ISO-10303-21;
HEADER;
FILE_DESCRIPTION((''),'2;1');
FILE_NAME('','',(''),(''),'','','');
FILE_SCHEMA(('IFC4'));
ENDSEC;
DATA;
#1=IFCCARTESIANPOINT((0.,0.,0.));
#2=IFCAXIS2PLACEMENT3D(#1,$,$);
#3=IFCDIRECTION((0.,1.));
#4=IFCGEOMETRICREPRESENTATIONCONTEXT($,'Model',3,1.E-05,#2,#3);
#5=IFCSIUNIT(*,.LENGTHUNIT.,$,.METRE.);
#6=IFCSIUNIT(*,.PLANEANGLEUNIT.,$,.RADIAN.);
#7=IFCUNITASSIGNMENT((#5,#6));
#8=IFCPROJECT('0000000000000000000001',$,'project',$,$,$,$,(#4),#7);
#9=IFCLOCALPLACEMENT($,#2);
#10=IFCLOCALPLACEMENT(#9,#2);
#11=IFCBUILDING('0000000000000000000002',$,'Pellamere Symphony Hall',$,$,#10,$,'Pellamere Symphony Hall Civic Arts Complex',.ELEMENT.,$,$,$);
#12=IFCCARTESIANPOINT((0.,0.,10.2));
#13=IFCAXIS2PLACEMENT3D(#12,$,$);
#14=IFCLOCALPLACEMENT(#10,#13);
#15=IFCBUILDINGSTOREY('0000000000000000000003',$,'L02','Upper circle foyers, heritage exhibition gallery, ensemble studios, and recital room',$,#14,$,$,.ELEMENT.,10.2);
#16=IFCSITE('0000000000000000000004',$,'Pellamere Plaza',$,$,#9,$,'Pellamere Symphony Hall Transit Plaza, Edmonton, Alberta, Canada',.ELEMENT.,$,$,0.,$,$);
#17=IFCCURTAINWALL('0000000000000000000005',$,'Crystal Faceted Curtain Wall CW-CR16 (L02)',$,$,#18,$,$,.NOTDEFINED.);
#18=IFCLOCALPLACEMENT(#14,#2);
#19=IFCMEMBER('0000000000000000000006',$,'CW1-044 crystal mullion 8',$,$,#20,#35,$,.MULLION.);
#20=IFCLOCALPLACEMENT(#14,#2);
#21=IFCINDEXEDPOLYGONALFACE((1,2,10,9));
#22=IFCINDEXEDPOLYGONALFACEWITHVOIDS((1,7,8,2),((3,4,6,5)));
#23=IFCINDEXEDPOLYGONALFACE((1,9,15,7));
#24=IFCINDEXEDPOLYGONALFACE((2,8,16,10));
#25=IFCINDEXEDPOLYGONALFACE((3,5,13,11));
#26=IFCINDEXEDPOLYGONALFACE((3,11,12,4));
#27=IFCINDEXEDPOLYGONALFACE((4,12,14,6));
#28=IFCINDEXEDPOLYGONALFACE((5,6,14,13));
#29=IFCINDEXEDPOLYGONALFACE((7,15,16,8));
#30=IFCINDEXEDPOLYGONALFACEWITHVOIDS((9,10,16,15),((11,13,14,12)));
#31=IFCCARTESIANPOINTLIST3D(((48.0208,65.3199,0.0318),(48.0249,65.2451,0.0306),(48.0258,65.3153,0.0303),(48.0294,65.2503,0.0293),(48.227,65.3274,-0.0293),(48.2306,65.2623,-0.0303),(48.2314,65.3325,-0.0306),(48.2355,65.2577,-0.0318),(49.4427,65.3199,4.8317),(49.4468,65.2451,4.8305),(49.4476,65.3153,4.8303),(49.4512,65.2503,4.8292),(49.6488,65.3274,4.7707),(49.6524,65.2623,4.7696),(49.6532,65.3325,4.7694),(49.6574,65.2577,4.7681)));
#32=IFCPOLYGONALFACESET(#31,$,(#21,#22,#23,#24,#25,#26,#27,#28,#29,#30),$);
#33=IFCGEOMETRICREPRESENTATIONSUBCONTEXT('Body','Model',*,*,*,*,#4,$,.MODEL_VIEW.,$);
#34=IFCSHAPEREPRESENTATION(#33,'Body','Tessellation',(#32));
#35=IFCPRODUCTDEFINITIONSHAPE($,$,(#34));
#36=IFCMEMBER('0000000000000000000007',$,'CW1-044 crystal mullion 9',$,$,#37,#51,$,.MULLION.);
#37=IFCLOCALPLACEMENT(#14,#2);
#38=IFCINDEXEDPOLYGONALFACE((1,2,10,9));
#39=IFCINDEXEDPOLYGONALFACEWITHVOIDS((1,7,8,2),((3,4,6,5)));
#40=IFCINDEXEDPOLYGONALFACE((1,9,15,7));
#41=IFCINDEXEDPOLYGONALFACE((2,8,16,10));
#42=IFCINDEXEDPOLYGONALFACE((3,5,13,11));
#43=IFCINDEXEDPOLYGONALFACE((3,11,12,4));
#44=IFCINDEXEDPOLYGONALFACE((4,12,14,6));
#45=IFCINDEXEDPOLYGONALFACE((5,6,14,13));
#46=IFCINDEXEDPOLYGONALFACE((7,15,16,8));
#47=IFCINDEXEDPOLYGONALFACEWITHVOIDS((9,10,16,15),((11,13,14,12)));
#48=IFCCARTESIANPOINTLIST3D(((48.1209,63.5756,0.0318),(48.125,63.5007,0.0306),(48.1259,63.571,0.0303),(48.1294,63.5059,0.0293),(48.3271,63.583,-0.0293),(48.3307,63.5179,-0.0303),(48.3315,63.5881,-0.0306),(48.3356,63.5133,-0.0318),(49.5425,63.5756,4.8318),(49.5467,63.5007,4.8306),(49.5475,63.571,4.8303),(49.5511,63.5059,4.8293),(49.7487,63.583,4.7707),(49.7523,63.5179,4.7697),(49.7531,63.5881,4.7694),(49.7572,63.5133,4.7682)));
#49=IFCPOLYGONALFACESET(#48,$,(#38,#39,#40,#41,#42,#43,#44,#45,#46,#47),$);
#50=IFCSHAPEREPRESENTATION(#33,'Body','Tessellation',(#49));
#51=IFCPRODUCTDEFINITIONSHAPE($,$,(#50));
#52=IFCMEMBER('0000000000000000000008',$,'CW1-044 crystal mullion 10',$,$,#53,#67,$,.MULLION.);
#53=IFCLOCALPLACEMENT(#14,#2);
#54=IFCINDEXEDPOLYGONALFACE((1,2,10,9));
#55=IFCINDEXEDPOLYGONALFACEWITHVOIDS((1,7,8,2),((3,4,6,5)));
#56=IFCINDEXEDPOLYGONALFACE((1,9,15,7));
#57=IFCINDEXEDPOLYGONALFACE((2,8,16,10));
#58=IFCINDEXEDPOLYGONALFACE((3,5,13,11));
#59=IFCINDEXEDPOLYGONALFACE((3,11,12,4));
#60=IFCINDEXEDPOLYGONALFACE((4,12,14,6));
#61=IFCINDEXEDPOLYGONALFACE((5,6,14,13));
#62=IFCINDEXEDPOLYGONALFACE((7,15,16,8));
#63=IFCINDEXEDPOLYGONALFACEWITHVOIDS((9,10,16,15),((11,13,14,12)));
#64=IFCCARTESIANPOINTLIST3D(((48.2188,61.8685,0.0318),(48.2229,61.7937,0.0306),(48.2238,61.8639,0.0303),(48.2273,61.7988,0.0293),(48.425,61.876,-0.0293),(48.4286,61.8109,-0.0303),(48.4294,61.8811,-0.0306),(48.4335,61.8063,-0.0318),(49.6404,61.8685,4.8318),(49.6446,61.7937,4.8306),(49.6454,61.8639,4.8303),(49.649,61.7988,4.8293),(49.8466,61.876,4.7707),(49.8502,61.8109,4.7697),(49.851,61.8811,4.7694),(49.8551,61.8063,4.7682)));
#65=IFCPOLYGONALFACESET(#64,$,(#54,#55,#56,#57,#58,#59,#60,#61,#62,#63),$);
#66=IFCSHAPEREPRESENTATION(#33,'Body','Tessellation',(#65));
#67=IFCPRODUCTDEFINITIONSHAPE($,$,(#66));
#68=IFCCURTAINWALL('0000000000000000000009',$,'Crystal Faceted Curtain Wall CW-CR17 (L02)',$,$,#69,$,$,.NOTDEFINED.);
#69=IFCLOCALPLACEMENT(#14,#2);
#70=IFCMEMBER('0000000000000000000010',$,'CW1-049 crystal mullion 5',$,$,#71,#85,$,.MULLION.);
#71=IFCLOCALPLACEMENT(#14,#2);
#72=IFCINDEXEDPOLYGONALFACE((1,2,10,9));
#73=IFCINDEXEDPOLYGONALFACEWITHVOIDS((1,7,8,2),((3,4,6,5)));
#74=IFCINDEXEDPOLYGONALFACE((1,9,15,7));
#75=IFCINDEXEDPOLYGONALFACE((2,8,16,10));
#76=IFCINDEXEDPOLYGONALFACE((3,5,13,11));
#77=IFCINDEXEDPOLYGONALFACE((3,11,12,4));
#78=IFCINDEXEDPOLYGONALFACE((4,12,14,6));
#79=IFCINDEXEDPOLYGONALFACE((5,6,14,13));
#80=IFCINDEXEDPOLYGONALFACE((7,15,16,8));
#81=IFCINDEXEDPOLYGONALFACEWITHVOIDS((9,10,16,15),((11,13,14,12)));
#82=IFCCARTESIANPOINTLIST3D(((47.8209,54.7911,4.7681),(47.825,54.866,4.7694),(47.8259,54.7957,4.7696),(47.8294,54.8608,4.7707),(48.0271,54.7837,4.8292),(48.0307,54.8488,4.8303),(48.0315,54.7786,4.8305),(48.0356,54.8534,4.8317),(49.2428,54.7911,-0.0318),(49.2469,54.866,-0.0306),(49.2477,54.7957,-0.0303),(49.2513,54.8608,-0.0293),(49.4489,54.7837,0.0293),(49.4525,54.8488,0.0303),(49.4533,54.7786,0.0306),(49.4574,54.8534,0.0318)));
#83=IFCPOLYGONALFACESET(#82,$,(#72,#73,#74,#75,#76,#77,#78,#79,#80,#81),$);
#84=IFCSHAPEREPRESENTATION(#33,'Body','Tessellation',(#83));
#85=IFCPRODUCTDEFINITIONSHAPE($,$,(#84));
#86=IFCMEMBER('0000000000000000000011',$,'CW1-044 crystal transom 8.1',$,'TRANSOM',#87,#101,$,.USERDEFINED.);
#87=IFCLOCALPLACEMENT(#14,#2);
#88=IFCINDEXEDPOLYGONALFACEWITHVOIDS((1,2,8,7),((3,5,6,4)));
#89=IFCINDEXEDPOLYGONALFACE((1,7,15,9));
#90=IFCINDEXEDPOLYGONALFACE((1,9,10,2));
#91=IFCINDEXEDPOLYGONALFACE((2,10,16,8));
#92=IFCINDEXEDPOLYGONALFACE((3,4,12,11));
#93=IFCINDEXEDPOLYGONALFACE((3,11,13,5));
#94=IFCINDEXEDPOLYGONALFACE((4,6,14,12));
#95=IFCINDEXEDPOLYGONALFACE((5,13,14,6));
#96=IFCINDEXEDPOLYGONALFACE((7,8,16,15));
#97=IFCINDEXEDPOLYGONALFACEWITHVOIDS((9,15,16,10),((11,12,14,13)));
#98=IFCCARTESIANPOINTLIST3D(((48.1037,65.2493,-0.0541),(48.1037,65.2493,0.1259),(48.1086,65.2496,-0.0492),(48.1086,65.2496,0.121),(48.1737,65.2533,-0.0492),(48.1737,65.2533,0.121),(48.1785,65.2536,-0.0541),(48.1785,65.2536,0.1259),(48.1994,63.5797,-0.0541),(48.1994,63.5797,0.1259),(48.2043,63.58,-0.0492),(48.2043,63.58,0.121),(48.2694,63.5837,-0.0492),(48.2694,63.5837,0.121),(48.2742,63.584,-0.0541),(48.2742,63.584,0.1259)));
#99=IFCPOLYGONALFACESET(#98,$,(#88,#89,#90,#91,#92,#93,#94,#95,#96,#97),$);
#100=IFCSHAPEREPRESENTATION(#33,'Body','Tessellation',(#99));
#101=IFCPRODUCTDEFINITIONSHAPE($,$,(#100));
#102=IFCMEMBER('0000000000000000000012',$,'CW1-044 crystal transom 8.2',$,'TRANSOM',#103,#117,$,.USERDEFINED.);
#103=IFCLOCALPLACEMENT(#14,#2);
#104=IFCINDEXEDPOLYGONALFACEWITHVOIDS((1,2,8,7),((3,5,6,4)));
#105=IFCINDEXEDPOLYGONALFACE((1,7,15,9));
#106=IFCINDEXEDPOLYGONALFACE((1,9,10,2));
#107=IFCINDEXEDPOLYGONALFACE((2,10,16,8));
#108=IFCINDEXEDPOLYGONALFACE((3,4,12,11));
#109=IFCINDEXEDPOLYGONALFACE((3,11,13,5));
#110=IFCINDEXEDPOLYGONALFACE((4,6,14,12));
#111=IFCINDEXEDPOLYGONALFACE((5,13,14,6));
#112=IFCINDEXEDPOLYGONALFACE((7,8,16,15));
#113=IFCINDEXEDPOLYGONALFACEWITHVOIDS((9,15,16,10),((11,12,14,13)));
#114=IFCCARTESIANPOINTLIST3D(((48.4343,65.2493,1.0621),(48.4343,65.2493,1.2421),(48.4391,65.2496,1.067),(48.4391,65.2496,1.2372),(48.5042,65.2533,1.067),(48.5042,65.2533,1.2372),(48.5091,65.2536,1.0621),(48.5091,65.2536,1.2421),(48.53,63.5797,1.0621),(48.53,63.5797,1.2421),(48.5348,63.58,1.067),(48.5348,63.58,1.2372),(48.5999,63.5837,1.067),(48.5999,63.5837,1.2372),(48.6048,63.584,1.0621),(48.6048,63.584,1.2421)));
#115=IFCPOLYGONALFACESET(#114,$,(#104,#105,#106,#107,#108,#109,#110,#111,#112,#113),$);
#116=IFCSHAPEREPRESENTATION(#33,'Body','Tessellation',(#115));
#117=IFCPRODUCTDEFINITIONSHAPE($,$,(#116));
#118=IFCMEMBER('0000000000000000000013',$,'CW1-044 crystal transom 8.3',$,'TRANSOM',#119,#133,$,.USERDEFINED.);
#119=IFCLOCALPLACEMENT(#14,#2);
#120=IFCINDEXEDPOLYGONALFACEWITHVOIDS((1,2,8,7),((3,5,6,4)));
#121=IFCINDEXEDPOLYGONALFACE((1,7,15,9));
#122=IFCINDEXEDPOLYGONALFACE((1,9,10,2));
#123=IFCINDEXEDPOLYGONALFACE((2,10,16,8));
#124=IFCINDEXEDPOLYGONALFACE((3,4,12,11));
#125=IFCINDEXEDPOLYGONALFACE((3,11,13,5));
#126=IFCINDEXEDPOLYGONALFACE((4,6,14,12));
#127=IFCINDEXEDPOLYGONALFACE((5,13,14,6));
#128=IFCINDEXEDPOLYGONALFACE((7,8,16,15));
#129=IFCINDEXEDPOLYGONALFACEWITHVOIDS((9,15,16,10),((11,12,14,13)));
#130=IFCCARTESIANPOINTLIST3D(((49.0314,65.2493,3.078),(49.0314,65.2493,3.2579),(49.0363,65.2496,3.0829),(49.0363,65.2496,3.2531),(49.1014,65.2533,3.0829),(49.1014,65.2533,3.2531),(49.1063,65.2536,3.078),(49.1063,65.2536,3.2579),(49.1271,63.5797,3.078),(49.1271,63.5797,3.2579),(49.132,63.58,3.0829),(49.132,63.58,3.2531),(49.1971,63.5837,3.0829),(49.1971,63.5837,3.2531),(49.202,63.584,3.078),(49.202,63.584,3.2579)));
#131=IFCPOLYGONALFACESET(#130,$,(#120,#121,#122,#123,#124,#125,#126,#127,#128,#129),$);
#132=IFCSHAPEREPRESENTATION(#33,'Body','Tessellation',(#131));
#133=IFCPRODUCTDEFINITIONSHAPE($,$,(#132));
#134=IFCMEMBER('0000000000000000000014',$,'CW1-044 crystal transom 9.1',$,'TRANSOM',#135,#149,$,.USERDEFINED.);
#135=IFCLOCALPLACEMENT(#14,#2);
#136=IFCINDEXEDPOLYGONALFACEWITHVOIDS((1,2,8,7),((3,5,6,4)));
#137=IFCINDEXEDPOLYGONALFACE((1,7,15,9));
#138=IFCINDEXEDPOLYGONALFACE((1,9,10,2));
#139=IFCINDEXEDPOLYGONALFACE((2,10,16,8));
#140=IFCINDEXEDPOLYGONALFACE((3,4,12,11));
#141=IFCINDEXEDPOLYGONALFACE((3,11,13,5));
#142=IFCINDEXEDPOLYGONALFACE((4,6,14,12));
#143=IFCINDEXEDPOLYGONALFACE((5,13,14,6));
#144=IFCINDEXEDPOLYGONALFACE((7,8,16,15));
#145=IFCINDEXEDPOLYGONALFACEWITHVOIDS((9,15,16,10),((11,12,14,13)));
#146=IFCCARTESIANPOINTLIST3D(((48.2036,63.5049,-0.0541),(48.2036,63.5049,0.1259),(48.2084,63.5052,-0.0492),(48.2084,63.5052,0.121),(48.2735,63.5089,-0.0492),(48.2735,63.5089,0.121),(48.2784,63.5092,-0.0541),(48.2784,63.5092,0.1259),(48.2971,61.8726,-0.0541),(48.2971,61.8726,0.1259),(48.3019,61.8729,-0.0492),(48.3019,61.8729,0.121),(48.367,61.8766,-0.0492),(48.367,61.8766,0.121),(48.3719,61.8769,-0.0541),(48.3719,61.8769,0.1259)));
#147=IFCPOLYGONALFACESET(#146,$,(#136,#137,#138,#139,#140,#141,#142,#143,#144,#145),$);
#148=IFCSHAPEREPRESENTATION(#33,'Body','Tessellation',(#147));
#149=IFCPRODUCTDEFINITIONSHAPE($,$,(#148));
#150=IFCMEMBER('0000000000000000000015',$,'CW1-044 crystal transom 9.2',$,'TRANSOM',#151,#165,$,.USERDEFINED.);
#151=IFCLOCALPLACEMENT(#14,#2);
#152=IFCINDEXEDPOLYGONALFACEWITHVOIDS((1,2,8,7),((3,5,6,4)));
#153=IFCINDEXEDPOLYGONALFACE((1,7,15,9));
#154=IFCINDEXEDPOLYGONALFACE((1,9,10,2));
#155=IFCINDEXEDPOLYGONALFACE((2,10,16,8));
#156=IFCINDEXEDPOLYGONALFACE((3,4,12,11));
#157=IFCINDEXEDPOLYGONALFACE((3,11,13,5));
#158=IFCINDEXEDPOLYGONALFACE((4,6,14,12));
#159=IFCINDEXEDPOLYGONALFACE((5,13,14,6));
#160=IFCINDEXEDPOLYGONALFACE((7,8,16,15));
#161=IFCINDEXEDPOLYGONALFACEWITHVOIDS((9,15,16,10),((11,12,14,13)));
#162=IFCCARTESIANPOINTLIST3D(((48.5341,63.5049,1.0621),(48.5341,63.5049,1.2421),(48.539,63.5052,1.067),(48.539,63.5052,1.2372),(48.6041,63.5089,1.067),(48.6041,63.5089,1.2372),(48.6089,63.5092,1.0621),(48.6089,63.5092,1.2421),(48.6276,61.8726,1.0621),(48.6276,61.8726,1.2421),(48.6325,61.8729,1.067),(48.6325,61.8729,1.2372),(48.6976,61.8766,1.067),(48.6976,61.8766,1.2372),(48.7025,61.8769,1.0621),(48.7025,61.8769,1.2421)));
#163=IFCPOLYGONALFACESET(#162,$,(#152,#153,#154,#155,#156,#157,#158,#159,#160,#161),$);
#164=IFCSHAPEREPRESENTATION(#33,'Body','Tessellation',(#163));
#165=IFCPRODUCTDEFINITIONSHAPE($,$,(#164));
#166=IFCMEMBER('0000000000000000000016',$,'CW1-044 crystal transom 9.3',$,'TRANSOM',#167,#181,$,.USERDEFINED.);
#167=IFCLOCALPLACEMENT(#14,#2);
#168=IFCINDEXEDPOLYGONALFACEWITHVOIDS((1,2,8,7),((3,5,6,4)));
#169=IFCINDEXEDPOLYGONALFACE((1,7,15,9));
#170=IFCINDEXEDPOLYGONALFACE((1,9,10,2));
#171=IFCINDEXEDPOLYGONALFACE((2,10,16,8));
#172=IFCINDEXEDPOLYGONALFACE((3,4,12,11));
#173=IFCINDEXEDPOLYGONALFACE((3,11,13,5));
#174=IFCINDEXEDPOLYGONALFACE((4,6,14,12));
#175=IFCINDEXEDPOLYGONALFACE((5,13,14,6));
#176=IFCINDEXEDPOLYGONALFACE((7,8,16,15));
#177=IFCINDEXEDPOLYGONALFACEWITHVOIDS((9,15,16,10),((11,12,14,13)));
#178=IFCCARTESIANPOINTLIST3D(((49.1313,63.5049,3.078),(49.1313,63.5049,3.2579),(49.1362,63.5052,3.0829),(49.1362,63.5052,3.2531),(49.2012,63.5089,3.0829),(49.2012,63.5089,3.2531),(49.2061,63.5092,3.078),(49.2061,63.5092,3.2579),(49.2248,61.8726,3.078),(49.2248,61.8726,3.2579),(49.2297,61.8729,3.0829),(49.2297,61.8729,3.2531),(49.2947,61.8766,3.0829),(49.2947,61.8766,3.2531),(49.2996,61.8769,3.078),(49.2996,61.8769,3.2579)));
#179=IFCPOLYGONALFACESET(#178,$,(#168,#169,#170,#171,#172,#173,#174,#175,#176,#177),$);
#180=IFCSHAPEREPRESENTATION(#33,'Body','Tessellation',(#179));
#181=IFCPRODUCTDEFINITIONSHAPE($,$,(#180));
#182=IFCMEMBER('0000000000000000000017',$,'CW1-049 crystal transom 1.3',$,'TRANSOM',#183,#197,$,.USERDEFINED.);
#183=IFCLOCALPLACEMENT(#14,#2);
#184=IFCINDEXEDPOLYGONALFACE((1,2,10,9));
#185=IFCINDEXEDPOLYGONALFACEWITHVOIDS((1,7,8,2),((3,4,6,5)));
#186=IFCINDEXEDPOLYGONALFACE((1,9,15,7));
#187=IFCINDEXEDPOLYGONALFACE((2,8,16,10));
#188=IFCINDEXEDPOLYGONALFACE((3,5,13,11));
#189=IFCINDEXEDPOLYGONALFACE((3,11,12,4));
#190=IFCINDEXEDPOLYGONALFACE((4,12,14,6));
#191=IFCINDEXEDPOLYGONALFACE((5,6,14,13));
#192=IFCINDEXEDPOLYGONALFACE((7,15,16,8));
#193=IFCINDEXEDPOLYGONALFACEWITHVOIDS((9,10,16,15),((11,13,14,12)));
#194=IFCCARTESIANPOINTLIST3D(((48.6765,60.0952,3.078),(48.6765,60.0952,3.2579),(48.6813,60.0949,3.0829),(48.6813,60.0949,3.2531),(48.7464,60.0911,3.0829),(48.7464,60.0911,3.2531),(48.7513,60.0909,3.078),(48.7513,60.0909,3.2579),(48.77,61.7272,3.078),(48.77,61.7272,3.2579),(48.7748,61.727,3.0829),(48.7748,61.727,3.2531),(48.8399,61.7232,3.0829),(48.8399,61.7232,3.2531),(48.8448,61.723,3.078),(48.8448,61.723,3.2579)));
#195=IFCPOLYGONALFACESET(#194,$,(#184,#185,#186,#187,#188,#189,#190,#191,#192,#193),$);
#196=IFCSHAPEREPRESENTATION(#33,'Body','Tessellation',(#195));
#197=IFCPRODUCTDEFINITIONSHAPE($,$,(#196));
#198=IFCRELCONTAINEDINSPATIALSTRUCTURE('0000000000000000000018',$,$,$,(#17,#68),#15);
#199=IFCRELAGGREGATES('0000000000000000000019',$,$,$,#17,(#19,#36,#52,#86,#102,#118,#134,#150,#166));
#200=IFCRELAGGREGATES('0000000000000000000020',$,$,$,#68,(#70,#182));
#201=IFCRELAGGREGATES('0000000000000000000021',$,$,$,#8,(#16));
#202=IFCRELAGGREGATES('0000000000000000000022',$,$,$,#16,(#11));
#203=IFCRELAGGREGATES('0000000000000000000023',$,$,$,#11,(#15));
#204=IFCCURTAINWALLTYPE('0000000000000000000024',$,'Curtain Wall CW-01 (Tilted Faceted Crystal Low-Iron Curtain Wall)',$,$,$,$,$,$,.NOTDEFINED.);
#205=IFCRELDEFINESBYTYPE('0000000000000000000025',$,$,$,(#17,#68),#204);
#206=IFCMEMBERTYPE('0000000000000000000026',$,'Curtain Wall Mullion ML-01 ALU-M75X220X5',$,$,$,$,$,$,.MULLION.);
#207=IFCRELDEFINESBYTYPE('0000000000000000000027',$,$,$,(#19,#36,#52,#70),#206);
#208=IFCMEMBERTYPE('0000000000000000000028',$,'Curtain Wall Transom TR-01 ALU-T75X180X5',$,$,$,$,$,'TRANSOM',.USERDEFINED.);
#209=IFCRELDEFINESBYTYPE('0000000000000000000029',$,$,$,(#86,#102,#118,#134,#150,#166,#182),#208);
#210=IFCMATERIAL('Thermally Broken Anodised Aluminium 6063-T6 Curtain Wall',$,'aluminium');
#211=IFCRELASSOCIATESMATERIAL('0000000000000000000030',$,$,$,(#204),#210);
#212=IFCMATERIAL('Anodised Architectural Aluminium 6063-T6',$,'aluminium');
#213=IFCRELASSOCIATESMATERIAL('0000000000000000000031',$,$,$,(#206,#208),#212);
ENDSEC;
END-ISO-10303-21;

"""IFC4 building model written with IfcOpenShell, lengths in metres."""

from ifc_helpers import new_model, si_unit, direction, frame, origin, origin_2d, place, context, subcontext, project, spatial, hollow_rectangle, extrude, material, material_profile, profile_set, type_object, element, aggregate, save


model = new_model("IFC4")

# Units and contexts
model_context = context("Model", 3, precision=1e-05, world=origin(), true_north=direction((0.0, 1.0)))
body_context = subcontext(model_context, "Body", "Model", "MODEL_VIEW")
ifc_project = project(units=[si_unit("LENGTHUNIT", "METRE"), si_unit("PLANEANGLEUNIT", "RADIAN")], contexts=[model_context])

# Site, building, storey
site_placement = place(None, origin())
site = spatial("IfcSite", under=ifc_project, at=site_placement, Name="Pellamere Plaza", LongName="Pellamere Symphony Hall Transit Plaza, Edmonton, Alberta, Canada", CompositionType="ELEMENT", RefElevation=0.0)
building_placement = place(site_placement, origin())
building = spatial("IfcBuilding", under=site, at=building_placement, Name="Pellamere Symphony Hall", LongName="Pellamere Symphony Hall Civic Arts Complex", CompositionType="ELEMENT")
storey_placement = place(building_placement, frame((0.0, 0.0, 10.2)))
storey = spatial("IfcBuildingStorey", under=building, at=storey_placement, Name="L02", Description="Upper circle foyers, heritage exhibition gallery, ensemble studios, and recital room", CompositionType="ELEMENT", Elevation=10.2)

# Curtain wall, members
ifc_material_1 = material(Name="Thermally Broken Anodised Aluminium 6063-T6 Curtain Wall", Category="aluminium")
curtain_wall_type = type_object("IfcCurtainWallType", Name="Curtain Wall CW-01 (Tilted Faceted Crystal Low-Iron Curtain Wall)", PredefinedType="NOTDEFINED", material=ifc_material_1)
curtain_wall_1_placement = place(storey_placement, origin())
curtain_wall_1 = element("IfcCurtainWall", 1, at=curtain_wall_1_placement, inside=storey, type_object=curtain_wall_type, Name="Crystal Faceted Curtain Wall CW-CR16 (L02)", PredefinedType="NOTDEFINED")
ifc_material_2 = material(Name="Anodised Architectural Aluminium 6063-T6", Category="aluminium")
ifc_material_profile_1 = material_profile(ifc_material_2, hollow_rectangle(XDim=0.075, YDim=0.22, WallThickness=0.0049, at=origin_2d()), Name="ALU-M75X220X5")
ifc_profile_set_1 = profile_set([ifc_material_profile_1], Name="Anodised Architectural Aluminium 6063-T6")
member_type_1 = type_object("IfcMemberType", Name="Curtain Wall Mullion ML-01 ALU-M75X220X5", PredefinedType="MULLION", material=ifc_profile_set_1)
member_1_placement = place(storey_placement, frame((48.1282, 65.2888, 0.0), z_axis=(0.284022, 0.0, 0.958818), x_axis=(-0.054874, 0.998361, 0.016255)))
member_1 = element("IfcMember", 2, at=member_1_placement, type_object=member_type_1, Name="CW1-044 crystal mullion 8", PredefinedType="MULLION", context=body_context, shape_type="SweptSolid", body=[
    extrude(hollow_rectangle(XDim=0.075, YDim=0.22, WallThickness=0.0049, at=origin_2d()), origin(), (0.0, 0.0, 1.0), 5.0061),
])
member_2_placement = place(storey_placement, frame((48.2283, 63.5444, 0.0), z_axis=(0.283977, 0.0, 0.958831), x_axis=(-0.054875, 0.998361, 0.016252)))
member_2 = element("IfcMember", 3, at=member_2_placement, type_object=member_type_1, Name="CW1-044 crystal mullion 9", PredefinedType="MULLION", context=body_context, shape_type="SweptSolid", body=[
    extrude(hollow_rectangle(XDim=0.075, YDim=0.22, WallThickness=0.0049, at=origin_2d()), origin(), (0.0, 0.0, 1.0), 5.0061),
])
member_3_placement = place(storey_placement, frame((48.3262, 61.8374, 0.0), z_axis=(0.283977, 0.0, 0.958831), x_axis=(-0.054875, 0.998361, 0.016252)))
member_3 = element("IfcMember", 4, at=member_3_placement, type_object=member_type_1, Name="CW1-044 crystal mullion 10", PredefinedType="MULLION", context=body_context, shape_type="SweptSolid", body=[
    extrude(hollow_rectangle(XDim=0.075, YDim=0.22, WallThickness=0.0049, at=origin_2d()), origin(), (0.0, 0.0, 1.0), 5.0061),
])

# Curtain wall, member
curtain_wall_2_placement = place(storey_placement, origin())
curtain_wall_2 = element("IfcCurtainWall", 5, at=curtain_wall_2_placement, inside=storey, type_object=curtain_wall_type, Name="Crystal Faceted Curtain Wall CW-CR17 (L02)", PredefinedType="NOTDEFINED")
member_4_placement = place(storey_placement, frame((49.3501, 54.8223, 0.0), z_axis=(-0.284022, 0.0, 0.958818), x_axis=(-0.054874, -0.998361, -0.016255)))
member_4 = element("IfcMember", 6, at=member_4_placement, type_object=member_type_1, Name="CW1-049 crystal mullion 5", PredefinedType="MULLION", context=body_context, shape_type="SweptSolid", body=[
    extrude(hollow_rectangle(XDim=0.075, YDim=0.22, WallThickness=0.0049, at=origin_2d()), origin(), (0.0, 0.0, 1.0), 5.0061),
])

# Members
ifc_material_profile_2 = material_profile(ifc_material_2, hollow_rectangle(XDim=0.075, YDim=0.1799, WallThickness=0.0049, at=origin_2d()), Name="ALU-T75X180X5")
ifc_profile_set_2 = profile_set([ifc_material_profile_2], Name="Anodised Architectural Aluminium 6063-T6")
member_type_2 = type_object("IfcMemberType", Name="Curtain Wall Transom TR-01 ALU-T75X180X5", ElementType="TRANSOM", PredefinedType="USERDEFINED", material=ifc_profile_set_2)
member_5_placement = place(storey_placement, frame((48.1411, 65.2515, 0.0359), z_axis=(0.057224, -0.998361, 0.0), x_axis=(0.998361, 0.057224, 0.0)))
member_5 = element("IfcMember", 7, at=member_5_placement, type_object=member_type_2, Name="CW1-044 crystal transom 8.1", ObjectType="TRANSOM", PredefinedType="USERDEFINED", context=body_context, shape_type="SweptSolid", body=[
    extrude(hollow_rectangle(XDim=0.075, YDim=0.1799, WallThickness=0.0049, at=origin_2d()), origin(), (0.0, 0.0, 1.0), 1.6724),
])
member_6_placement = place(storey_placement, frame((48.4717, 65.2515, 1.1521), z_axis=(0.057224, -0.998361, 0.0), x_axis=(0.998361, 0.057224, 0.0)))
member_6 = element("IfcMember", 8, at=member_6_placement, type_object=member_type_2, Name="CW1-044 crystal transom 8.2", ObjectType="TRANSOM", PredefinedType="USERDEFINED", context=body_context, shape_type="SweptSolid", body=[
    extrude(hollow_rectangle(XDim=0.075, YDim=0.1799, WallThickness=0.0049, at=origin_2d()), origin(), (0.0, 0.0, 1.0), 1.6724),
])
member_7_placement = place(storey_placement, frame((49.0688, 65.2515, 3.168), z_axis=(0.057224, -0.998361, 0.0), x_axis=(0.998361, 0.057224, 0.0)))
member_7 = element("IfcMember", 9, at=member_7_placement, type_object=member_type_2, Name="CW1-044 crystal transom 8.3", ObjectType="TRANSOM", PredefinedType="USERDEFINED", context=body_context, shape_type="SweptSolid", body=[
    extrude(hollow_rectangle(XDim=0.075, YDim=0.1799, WallThickness=0.0049, at=origin_2d()), origin(), (0.0, 0.0, 1.0), 1.6724),
])
member_8_placement = place(storey_placement, frame((48.241, 63.5071, 0.0359), z_axis=(0.05719, -0.998363, 0.0), x_axis=(0.998363, 0.05719, 0.0)))
member_8 = element("IfcMember", 10, at=member_8_placement, type_object=member_type_2, Name="CW1-044 crystal transom 9.1", ObjectType="TRANSOM", PredefinedType="USERDEFINED", context=body_context, shape_type="SweptSolid", body=[
    extrude(hollow_rectangle(XDim=0.075, YDim=0.1799, WallThickness=0.0049, at=origin_2d()), origin(), (0.0, 0.0, 1.0), 1.635),
])
member_9_placement = place(storey_placement, frame((48.5715, 63.5071, 1.1521), z_axis=(0.05719, -0.998363, 0.0), x_axis=(0.998363, 0.05719, 0.0)))
member_9 = element("IfcMember", 11, at=member_9_placement, type_object=member_type_2, Name="CW1-044 crystal transom 9.2", ObjectType="TRANSOM", PredefinedType="USERDEFINED", context=body_context, shape_type="SweptSolid", body=[
    extrude(hollow_rectangle(XDim=0.075, YDim=0.1799, WallThickness=0.0049, at=origin_2d()), origin(), (0.0, 0.0, 1.0), 1.635),
])
member_10_placement = place(storey_placement, frame((49.1687, 63.5071, 3.168), z_axis=(0.05719, -0.998363, 0.0), x_axis=(0.998363, 0.05719, 0.0)))
member_10 = element("IfcMember", 12, at=member_10_placement, type_object=member_type_2, Name="CW1-044 crystal transom 9.3", ObjectType="TRANSOM", PredefinedType="USERDEFINED", context=body_context, shape_type="SweptSolid", body=[
    extrude(hollow_rectangle(XDim=0.075, YDim=0.1799, WallThickness=0.0049, at=origin_2d()), origin(), (0.0, 0.0, 1.0), 1.635),
])
member_11_placement = place(storey_placement, frame((48.8074, 61.7251, 3.168), z_axis=(-0.057199, -0.998363, 0.0), x_axis=(0.998363, -0.057199, 0.0)))
member_11 = element("IfcMember", 13, at=member_11_placement, type_object=member_type_2, Name="CW1-049 crystal transom 1.3", ObjectType="TRANSOM", PredefinedType="USERDEFINED", context=body_context, shape_type="SweptSolid", body=[
    extrude(hollow_rectangle(XDim=0.075, YDim=0.1799, WallThickness=0.0049, at=origin_2d()), origin(), (0.0, 0.0, 1.0), 1.6348),
])

aggregate(curtain_wall_1, [member_1, member_2, member_3, member_5, member_6, member_7, member_8, member_9, member_10])
aggregate(curtain_wall_2, [member_4, member_11])

save(model, "model.ifc")
